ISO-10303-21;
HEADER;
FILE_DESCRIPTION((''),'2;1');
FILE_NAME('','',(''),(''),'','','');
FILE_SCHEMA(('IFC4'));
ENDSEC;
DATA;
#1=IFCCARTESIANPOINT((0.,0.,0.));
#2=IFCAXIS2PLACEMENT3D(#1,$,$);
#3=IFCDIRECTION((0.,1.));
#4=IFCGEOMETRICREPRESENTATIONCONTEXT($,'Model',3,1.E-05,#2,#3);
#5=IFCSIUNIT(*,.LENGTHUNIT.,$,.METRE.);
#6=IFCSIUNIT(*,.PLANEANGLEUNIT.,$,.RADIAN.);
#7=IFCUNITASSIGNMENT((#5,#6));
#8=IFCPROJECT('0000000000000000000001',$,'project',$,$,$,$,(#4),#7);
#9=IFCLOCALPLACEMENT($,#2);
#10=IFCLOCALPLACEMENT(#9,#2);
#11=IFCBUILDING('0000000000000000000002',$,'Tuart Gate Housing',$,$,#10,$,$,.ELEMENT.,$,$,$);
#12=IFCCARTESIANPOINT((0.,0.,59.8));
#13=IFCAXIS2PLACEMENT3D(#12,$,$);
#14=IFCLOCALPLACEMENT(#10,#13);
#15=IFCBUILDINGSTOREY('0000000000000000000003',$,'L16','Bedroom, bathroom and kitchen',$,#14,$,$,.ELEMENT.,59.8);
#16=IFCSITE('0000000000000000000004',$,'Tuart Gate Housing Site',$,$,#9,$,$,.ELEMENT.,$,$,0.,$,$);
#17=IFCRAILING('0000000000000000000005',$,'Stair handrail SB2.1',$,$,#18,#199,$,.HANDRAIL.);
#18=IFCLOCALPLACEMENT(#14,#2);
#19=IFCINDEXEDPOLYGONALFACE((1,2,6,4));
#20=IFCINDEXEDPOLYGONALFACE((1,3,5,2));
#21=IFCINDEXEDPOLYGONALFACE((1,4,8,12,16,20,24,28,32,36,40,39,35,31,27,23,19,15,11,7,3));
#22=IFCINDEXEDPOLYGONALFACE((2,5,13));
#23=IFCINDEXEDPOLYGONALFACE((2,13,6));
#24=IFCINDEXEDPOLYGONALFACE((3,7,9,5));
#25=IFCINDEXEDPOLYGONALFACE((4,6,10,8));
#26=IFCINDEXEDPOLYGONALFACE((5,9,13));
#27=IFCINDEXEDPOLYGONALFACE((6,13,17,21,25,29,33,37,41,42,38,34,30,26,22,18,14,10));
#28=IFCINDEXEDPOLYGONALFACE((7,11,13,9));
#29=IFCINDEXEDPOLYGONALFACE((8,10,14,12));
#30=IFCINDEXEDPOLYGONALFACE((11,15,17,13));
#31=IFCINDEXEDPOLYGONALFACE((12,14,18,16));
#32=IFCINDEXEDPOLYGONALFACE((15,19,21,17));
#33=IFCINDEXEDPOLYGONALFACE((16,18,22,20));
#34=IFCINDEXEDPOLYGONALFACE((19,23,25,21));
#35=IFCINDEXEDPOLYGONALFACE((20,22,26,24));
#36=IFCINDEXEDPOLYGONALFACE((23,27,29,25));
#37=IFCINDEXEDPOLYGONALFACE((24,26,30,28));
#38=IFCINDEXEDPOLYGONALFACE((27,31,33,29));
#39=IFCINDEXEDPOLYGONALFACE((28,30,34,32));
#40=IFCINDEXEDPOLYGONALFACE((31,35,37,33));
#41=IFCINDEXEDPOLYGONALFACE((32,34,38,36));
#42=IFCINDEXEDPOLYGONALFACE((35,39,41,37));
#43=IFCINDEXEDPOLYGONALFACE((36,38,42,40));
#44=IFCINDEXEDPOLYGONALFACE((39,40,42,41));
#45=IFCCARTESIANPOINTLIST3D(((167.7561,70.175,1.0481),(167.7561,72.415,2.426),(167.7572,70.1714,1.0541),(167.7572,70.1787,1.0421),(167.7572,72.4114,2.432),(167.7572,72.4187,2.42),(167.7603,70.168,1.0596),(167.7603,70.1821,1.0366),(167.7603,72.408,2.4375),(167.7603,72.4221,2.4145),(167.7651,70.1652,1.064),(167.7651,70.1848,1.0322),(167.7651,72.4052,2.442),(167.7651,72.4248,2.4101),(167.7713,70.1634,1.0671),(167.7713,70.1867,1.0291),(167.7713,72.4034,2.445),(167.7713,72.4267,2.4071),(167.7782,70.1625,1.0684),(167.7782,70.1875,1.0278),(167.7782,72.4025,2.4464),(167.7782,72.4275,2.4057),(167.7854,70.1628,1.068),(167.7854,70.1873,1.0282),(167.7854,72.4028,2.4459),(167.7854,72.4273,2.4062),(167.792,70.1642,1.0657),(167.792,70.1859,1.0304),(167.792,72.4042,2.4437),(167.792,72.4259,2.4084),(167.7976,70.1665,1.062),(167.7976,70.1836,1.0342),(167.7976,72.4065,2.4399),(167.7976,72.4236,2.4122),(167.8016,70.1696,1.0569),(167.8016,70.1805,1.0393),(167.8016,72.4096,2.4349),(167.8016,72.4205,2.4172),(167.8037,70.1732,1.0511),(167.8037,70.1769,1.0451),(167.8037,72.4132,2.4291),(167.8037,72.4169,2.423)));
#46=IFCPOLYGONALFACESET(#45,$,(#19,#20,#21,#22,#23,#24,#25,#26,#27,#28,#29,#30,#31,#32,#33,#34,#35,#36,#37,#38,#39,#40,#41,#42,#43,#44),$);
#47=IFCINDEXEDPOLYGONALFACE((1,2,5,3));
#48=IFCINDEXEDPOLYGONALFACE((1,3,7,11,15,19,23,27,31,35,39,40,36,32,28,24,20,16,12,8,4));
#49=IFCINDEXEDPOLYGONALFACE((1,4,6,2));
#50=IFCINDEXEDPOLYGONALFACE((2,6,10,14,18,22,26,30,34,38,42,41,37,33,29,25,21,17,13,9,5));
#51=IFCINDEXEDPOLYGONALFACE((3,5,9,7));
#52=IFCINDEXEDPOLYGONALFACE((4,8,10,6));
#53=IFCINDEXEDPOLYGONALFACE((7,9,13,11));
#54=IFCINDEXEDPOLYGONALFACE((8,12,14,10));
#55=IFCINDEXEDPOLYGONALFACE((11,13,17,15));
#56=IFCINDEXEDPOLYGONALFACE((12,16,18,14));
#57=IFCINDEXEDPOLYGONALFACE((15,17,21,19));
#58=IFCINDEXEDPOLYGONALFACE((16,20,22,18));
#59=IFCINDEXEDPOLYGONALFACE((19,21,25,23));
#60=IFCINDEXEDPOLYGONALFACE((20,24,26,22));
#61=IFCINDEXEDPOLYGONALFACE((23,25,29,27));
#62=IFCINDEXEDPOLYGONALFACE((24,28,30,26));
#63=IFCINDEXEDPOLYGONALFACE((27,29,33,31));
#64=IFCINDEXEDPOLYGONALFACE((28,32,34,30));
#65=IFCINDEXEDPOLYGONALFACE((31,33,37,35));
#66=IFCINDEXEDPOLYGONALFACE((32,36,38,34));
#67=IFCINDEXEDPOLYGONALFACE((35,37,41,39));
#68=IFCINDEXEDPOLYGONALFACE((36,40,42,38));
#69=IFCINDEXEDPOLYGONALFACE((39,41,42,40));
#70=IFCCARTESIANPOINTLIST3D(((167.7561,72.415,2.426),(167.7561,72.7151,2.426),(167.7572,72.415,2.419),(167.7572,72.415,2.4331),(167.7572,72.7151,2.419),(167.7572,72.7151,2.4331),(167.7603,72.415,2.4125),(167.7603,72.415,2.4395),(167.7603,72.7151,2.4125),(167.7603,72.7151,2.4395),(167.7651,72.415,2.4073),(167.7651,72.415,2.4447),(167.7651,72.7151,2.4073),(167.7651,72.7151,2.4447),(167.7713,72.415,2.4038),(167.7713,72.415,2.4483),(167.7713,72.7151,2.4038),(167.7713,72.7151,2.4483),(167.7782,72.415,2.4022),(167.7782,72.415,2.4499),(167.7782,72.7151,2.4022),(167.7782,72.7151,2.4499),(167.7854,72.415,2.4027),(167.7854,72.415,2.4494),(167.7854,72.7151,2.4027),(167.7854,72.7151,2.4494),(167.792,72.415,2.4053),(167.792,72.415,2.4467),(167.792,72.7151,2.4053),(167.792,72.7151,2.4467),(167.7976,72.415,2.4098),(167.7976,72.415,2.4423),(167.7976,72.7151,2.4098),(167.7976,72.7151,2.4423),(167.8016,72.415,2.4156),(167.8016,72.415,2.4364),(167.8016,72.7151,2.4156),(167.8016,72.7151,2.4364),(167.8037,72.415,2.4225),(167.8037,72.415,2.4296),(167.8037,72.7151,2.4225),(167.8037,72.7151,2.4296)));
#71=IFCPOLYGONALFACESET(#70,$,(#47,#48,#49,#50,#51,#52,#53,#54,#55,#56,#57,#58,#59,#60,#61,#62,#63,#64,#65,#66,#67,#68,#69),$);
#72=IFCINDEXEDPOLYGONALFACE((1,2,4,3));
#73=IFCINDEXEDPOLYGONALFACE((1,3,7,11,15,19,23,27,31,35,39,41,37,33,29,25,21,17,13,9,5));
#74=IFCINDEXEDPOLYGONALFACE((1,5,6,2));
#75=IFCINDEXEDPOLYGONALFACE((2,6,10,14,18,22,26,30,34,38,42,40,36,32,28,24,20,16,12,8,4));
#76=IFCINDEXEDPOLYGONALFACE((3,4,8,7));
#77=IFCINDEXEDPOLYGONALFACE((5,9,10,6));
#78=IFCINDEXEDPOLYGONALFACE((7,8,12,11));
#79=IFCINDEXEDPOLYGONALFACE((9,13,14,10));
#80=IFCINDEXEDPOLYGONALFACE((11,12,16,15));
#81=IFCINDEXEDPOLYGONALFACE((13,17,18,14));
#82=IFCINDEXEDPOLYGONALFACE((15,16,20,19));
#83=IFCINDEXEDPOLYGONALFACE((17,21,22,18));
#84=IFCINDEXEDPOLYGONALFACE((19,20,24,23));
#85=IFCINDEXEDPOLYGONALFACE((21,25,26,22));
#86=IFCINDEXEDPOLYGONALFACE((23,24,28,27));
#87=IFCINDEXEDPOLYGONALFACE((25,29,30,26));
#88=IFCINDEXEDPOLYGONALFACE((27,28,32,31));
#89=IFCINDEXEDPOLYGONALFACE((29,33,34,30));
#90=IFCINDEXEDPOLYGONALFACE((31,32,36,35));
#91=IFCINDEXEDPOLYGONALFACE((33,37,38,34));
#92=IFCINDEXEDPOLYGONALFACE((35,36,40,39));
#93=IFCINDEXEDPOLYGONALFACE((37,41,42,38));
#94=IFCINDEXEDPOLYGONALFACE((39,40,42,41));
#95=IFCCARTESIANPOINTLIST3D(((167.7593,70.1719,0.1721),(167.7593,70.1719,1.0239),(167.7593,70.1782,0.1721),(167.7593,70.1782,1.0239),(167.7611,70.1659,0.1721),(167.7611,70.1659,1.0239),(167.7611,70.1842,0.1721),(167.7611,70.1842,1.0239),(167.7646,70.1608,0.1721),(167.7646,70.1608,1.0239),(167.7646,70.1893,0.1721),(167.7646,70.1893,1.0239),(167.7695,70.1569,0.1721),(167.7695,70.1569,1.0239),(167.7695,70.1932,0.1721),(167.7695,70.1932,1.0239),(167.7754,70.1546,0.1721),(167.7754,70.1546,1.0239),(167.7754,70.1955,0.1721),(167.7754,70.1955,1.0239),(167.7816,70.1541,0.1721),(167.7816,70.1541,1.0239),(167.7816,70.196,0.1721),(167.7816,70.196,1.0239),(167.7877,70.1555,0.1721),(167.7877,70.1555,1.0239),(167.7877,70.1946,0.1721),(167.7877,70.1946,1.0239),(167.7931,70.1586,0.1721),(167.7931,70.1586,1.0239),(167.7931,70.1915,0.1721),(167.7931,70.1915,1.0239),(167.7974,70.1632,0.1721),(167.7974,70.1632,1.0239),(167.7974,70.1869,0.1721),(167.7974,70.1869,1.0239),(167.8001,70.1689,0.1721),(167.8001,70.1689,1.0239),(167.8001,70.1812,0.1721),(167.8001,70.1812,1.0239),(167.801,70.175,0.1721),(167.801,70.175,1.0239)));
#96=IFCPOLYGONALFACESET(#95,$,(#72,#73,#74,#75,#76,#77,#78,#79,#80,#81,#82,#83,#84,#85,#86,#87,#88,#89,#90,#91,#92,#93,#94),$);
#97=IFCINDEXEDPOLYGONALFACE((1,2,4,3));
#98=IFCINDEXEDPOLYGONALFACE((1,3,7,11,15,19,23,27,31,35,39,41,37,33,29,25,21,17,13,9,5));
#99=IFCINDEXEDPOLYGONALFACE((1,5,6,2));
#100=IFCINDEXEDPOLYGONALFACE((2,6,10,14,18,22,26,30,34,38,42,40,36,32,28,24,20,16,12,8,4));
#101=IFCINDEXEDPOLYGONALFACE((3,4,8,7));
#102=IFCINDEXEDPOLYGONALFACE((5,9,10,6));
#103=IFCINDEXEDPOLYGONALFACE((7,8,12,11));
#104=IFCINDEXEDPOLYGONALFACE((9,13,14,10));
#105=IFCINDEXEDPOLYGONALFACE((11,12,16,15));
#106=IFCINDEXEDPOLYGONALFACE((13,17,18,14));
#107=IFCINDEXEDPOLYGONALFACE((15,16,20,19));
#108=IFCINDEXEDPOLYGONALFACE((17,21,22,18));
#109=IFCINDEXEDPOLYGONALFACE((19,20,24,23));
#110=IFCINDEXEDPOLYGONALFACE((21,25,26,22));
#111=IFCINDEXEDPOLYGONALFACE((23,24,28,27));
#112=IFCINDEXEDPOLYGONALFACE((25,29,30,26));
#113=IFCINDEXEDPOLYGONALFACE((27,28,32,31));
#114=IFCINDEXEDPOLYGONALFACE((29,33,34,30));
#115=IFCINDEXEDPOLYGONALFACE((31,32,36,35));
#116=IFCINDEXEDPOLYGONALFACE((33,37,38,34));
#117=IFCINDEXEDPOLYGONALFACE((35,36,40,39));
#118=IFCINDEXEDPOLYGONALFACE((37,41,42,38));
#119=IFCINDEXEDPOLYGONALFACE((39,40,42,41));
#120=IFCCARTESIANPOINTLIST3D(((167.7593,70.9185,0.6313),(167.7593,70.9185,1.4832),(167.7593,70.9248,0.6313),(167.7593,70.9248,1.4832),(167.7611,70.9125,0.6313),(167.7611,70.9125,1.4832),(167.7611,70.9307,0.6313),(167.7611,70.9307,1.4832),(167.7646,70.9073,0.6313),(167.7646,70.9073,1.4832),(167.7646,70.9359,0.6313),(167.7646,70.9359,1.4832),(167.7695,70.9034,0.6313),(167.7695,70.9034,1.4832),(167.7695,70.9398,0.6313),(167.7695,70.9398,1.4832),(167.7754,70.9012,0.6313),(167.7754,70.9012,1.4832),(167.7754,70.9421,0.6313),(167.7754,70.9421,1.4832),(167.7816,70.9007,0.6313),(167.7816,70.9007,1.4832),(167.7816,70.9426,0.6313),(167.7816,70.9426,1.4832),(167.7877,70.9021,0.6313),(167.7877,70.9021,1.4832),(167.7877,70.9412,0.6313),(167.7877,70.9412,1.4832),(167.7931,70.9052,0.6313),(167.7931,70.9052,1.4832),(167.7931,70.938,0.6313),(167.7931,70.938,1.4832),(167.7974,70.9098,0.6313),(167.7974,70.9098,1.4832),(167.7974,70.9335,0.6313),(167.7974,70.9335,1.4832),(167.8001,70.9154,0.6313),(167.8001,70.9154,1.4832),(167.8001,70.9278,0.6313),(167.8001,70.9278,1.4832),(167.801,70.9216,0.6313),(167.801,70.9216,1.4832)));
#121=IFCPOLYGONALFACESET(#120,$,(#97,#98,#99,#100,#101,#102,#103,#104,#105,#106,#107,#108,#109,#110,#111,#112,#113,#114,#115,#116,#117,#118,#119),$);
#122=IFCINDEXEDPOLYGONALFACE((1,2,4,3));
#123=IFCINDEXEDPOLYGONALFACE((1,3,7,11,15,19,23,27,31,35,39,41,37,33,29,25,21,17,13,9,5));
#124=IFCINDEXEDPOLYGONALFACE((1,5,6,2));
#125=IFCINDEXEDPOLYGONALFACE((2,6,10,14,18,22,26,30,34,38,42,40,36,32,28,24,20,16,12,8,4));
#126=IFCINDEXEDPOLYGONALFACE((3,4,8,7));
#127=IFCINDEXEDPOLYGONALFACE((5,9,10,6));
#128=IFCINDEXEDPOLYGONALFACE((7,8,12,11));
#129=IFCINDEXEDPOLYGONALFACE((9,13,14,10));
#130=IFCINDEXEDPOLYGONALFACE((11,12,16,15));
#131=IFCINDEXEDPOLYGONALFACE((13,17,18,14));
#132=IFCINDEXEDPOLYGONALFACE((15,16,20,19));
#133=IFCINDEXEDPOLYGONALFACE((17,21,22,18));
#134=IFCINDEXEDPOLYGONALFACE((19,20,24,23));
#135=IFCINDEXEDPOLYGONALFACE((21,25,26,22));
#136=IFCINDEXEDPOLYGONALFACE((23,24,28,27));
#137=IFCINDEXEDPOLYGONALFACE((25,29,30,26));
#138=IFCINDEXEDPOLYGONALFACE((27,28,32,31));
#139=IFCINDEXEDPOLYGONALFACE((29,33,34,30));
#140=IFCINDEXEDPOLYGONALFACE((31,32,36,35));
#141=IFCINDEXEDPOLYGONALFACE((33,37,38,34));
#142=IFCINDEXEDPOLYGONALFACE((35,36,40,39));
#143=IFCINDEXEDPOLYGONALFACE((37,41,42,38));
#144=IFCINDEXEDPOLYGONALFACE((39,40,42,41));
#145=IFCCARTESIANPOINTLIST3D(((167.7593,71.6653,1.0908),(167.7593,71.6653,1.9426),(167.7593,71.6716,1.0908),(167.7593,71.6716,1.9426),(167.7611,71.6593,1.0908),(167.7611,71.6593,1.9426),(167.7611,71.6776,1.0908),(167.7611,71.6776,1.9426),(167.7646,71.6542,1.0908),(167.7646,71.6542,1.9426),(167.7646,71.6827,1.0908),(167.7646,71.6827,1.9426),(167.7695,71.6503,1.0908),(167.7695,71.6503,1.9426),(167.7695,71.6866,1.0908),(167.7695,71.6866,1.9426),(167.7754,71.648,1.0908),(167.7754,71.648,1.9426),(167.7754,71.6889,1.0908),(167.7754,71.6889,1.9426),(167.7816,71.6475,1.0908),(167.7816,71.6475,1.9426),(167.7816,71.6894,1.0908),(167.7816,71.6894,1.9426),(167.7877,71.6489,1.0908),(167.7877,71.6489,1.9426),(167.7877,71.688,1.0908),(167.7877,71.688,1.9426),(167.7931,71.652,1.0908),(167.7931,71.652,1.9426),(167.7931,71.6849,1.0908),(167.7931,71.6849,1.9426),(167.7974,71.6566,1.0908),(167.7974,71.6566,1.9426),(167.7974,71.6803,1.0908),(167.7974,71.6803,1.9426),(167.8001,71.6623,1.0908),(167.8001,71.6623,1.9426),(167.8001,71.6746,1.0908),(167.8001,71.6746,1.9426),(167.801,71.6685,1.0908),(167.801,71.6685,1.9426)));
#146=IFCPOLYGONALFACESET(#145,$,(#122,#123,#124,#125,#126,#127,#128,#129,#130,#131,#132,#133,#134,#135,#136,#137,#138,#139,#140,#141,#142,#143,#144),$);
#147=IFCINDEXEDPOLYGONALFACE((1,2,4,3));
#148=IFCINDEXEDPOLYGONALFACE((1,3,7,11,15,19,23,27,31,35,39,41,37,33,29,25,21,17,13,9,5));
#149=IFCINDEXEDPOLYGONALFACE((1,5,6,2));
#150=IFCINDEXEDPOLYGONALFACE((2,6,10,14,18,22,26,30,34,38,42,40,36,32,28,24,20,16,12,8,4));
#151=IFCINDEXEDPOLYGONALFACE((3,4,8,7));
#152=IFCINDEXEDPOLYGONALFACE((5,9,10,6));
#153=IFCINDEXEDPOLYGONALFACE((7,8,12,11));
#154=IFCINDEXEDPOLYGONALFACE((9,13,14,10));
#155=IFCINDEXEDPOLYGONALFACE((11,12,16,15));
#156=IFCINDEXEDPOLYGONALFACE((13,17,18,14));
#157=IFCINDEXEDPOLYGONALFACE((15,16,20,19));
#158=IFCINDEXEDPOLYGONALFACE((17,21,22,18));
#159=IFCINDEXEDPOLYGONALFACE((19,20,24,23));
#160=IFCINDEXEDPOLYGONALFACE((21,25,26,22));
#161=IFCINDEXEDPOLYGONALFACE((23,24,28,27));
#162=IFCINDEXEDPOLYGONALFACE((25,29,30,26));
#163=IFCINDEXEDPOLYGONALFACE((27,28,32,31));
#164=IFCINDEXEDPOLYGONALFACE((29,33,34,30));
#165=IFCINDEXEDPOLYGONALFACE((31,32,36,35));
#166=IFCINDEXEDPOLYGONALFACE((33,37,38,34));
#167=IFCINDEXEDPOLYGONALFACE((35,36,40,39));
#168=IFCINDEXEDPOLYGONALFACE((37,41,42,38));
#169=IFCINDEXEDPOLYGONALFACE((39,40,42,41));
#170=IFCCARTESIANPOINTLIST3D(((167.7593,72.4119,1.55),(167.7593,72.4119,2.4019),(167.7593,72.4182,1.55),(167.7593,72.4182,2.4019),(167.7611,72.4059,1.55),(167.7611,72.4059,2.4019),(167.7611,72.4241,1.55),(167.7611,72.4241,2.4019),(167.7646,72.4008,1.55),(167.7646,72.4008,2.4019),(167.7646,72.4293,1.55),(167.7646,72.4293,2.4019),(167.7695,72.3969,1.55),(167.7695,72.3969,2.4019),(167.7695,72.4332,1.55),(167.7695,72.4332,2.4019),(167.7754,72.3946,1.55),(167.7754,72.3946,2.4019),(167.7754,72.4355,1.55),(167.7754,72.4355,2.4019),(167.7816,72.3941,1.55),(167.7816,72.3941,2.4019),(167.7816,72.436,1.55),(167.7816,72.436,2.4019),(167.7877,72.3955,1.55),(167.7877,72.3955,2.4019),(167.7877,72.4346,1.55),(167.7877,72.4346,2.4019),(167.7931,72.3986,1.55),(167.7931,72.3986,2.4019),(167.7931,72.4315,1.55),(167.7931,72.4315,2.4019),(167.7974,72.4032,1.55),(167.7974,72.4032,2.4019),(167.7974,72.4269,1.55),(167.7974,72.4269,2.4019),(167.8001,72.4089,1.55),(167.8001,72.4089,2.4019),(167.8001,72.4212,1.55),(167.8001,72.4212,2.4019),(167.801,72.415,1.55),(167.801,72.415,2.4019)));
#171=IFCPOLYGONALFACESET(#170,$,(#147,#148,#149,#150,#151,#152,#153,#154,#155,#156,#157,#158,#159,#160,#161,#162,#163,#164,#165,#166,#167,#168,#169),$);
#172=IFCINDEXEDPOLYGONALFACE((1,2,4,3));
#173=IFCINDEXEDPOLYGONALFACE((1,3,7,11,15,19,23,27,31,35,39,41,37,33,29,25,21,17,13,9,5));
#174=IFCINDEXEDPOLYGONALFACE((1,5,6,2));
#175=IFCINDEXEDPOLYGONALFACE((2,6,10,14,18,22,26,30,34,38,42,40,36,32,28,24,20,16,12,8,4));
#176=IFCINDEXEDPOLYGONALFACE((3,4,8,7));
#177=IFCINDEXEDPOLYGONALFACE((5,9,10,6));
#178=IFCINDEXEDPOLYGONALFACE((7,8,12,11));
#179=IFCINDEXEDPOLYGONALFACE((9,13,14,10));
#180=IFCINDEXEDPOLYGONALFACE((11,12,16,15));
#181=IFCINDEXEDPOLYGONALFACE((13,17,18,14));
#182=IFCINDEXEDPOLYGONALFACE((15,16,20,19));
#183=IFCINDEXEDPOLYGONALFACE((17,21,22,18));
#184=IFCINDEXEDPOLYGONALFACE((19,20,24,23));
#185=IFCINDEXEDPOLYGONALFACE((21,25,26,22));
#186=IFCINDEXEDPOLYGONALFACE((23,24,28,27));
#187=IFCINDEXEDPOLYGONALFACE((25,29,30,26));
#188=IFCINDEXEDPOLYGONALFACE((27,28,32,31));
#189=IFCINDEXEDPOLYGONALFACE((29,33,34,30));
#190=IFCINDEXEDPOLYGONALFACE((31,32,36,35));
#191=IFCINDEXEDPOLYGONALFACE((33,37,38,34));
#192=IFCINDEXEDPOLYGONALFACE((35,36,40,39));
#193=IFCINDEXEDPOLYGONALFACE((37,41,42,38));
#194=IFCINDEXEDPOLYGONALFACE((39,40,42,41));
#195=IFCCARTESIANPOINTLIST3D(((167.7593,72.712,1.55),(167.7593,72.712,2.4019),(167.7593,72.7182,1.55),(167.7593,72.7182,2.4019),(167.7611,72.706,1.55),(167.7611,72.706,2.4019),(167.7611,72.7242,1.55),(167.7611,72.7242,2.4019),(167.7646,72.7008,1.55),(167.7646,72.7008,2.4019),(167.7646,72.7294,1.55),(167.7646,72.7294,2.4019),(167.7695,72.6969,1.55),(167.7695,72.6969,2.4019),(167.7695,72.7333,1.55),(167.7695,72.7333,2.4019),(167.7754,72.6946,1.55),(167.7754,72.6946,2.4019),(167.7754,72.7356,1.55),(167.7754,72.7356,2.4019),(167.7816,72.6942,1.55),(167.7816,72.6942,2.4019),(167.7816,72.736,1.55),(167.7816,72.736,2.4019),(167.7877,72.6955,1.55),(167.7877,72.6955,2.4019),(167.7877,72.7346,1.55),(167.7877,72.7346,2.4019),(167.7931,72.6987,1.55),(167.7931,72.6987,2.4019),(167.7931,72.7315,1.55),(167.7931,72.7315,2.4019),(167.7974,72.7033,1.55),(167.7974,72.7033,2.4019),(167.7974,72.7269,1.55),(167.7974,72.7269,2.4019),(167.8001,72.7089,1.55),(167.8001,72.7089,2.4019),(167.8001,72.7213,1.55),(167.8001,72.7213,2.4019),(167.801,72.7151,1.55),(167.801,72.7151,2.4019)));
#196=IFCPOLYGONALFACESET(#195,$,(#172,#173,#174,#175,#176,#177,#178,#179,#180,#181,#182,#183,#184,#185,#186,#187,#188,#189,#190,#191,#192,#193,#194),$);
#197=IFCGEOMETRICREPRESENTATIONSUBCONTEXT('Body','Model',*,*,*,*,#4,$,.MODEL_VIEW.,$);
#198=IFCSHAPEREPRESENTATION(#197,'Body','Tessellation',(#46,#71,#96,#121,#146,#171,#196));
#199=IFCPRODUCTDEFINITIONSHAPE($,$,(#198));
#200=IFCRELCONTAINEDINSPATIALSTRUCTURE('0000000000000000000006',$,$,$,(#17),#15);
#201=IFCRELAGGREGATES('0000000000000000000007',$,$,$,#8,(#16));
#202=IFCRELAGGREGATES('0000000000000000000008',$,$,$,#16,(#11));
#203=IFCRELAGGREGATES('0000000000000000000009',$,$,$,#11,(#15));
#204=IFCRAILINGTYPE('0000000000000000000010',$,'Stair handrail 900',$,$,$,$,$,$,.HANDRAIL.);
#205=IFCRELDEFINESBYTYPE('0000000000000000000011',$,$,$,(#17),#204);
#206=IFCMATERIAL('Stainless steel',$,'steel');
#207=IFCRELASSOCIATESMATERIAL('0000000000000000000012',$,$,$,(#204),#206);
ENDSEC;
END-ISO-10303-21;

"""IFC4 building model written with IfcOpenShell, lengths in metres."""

from ifc_helpers import new_model, si_unit, direction, frame, origin, origin_2d, place, context, subcontext, project, spatial, circle, extrude, material, type_object, element, save


model = new_model("IFC4")

# Units and contexts
model_context = context("Model", 3, precision=1e-05, world=origin(), true_north=direction((0.0, 1.0)))
body_context = subcontext(model_context, "Body", "Model", "MODEL_VIEW")
ifc_project = project(units=[si_unit("LENGTHUNIT", "METRE"), si_unit("PLANEANGLEUNIT", "RADIAN")], contexts=[model_context])

# Site, building, storey
site_placement = place(None, origin())
site = spatial("IfcSite", under=ifc_project, at=site_placement, Name="Tuart Gate Housing Site", CompositionType="ELEMENT", RefElevation=0.0)
building_placement = place(site_placement, origin())
building = spatial("IfcBuilding", under=site, at=building_placement, Name="Tuart Gate Housing", CompositionType="ELEMENT")
storey_placement = place(building_placement, frame((0.0, 0.0, 59.8)))
storey = spatial("IfcBuildingStorey", under=building, at=storey_placement, Name="L16", Description="Bedroom, bathroom and kitchen", CompositionType="ELEMENT", Elevation=59.8)

# Railing
ifc_material_1 = material(Name="Stainless steel", Category="steel")
railing_type = type_object("IfcRailingType", Name="Stair handrail 900", PredefinedType="HANDRAIL", material=ifc_material_1)
railing_placement = place(storey_placement, frame((167.78, 70.175, 0.1721)))
element("IfcRailing", 1, at=railing_placement, inside=storey, type_object=railing_type, Name="Stair handrail SB2.1", PredefinedType="HANDRAIL", context=body_context, shape_type="SweptSolid", body=[
    extrude(circle(Radius=0.0239, at=origin_2d()), frame((0.0, 0.0, 0.876), z_axis=(0.0, 0.851748, 0.523952), x_axis=(-1.0, 0.0, 0.0)), (0.0, 0.0, 1.0), 2.6299),
    extrude(circle(Radius=0.0239, at=origin_2d()), frame((0.0, 2.24, 2.2539), z_axis=(0.0, 1.0, 0.0), x_axis=(-1.0, 0.0, 0.0)), (0.0, 0.0, 1.0), 0.3),
    extrude(circle(Radius=0.021, at=origin_2d()), origin(), (0.0, 0.0, 1.0), 0.8518),
    extrude(circle(Radius=0.021, at=origin_2d()), frame((0.0, 0.7466, 0.4592)), (0.0, 0.0, 1.0), 0.8518),
    extrude(circle(Radius=0.021, at=origin_2d()), frame((0.0, 1.4934, 0.9187)), (0.0, 0.0, 1.0), 0.8518),
    extrude(circle(Radius=0.021, at=origin_2d()), frame((0.0, 2.24, 1.3779)), (0.0, 0.0, 1.0), 0.8518),
    extrude(circle(Radius=0.021, at=origin_2d()), frame((0.0, 2.54, 1.3779)), (0.0, 0.0, 1.0), 0.8518),
])

save(model, "model.ifc")
